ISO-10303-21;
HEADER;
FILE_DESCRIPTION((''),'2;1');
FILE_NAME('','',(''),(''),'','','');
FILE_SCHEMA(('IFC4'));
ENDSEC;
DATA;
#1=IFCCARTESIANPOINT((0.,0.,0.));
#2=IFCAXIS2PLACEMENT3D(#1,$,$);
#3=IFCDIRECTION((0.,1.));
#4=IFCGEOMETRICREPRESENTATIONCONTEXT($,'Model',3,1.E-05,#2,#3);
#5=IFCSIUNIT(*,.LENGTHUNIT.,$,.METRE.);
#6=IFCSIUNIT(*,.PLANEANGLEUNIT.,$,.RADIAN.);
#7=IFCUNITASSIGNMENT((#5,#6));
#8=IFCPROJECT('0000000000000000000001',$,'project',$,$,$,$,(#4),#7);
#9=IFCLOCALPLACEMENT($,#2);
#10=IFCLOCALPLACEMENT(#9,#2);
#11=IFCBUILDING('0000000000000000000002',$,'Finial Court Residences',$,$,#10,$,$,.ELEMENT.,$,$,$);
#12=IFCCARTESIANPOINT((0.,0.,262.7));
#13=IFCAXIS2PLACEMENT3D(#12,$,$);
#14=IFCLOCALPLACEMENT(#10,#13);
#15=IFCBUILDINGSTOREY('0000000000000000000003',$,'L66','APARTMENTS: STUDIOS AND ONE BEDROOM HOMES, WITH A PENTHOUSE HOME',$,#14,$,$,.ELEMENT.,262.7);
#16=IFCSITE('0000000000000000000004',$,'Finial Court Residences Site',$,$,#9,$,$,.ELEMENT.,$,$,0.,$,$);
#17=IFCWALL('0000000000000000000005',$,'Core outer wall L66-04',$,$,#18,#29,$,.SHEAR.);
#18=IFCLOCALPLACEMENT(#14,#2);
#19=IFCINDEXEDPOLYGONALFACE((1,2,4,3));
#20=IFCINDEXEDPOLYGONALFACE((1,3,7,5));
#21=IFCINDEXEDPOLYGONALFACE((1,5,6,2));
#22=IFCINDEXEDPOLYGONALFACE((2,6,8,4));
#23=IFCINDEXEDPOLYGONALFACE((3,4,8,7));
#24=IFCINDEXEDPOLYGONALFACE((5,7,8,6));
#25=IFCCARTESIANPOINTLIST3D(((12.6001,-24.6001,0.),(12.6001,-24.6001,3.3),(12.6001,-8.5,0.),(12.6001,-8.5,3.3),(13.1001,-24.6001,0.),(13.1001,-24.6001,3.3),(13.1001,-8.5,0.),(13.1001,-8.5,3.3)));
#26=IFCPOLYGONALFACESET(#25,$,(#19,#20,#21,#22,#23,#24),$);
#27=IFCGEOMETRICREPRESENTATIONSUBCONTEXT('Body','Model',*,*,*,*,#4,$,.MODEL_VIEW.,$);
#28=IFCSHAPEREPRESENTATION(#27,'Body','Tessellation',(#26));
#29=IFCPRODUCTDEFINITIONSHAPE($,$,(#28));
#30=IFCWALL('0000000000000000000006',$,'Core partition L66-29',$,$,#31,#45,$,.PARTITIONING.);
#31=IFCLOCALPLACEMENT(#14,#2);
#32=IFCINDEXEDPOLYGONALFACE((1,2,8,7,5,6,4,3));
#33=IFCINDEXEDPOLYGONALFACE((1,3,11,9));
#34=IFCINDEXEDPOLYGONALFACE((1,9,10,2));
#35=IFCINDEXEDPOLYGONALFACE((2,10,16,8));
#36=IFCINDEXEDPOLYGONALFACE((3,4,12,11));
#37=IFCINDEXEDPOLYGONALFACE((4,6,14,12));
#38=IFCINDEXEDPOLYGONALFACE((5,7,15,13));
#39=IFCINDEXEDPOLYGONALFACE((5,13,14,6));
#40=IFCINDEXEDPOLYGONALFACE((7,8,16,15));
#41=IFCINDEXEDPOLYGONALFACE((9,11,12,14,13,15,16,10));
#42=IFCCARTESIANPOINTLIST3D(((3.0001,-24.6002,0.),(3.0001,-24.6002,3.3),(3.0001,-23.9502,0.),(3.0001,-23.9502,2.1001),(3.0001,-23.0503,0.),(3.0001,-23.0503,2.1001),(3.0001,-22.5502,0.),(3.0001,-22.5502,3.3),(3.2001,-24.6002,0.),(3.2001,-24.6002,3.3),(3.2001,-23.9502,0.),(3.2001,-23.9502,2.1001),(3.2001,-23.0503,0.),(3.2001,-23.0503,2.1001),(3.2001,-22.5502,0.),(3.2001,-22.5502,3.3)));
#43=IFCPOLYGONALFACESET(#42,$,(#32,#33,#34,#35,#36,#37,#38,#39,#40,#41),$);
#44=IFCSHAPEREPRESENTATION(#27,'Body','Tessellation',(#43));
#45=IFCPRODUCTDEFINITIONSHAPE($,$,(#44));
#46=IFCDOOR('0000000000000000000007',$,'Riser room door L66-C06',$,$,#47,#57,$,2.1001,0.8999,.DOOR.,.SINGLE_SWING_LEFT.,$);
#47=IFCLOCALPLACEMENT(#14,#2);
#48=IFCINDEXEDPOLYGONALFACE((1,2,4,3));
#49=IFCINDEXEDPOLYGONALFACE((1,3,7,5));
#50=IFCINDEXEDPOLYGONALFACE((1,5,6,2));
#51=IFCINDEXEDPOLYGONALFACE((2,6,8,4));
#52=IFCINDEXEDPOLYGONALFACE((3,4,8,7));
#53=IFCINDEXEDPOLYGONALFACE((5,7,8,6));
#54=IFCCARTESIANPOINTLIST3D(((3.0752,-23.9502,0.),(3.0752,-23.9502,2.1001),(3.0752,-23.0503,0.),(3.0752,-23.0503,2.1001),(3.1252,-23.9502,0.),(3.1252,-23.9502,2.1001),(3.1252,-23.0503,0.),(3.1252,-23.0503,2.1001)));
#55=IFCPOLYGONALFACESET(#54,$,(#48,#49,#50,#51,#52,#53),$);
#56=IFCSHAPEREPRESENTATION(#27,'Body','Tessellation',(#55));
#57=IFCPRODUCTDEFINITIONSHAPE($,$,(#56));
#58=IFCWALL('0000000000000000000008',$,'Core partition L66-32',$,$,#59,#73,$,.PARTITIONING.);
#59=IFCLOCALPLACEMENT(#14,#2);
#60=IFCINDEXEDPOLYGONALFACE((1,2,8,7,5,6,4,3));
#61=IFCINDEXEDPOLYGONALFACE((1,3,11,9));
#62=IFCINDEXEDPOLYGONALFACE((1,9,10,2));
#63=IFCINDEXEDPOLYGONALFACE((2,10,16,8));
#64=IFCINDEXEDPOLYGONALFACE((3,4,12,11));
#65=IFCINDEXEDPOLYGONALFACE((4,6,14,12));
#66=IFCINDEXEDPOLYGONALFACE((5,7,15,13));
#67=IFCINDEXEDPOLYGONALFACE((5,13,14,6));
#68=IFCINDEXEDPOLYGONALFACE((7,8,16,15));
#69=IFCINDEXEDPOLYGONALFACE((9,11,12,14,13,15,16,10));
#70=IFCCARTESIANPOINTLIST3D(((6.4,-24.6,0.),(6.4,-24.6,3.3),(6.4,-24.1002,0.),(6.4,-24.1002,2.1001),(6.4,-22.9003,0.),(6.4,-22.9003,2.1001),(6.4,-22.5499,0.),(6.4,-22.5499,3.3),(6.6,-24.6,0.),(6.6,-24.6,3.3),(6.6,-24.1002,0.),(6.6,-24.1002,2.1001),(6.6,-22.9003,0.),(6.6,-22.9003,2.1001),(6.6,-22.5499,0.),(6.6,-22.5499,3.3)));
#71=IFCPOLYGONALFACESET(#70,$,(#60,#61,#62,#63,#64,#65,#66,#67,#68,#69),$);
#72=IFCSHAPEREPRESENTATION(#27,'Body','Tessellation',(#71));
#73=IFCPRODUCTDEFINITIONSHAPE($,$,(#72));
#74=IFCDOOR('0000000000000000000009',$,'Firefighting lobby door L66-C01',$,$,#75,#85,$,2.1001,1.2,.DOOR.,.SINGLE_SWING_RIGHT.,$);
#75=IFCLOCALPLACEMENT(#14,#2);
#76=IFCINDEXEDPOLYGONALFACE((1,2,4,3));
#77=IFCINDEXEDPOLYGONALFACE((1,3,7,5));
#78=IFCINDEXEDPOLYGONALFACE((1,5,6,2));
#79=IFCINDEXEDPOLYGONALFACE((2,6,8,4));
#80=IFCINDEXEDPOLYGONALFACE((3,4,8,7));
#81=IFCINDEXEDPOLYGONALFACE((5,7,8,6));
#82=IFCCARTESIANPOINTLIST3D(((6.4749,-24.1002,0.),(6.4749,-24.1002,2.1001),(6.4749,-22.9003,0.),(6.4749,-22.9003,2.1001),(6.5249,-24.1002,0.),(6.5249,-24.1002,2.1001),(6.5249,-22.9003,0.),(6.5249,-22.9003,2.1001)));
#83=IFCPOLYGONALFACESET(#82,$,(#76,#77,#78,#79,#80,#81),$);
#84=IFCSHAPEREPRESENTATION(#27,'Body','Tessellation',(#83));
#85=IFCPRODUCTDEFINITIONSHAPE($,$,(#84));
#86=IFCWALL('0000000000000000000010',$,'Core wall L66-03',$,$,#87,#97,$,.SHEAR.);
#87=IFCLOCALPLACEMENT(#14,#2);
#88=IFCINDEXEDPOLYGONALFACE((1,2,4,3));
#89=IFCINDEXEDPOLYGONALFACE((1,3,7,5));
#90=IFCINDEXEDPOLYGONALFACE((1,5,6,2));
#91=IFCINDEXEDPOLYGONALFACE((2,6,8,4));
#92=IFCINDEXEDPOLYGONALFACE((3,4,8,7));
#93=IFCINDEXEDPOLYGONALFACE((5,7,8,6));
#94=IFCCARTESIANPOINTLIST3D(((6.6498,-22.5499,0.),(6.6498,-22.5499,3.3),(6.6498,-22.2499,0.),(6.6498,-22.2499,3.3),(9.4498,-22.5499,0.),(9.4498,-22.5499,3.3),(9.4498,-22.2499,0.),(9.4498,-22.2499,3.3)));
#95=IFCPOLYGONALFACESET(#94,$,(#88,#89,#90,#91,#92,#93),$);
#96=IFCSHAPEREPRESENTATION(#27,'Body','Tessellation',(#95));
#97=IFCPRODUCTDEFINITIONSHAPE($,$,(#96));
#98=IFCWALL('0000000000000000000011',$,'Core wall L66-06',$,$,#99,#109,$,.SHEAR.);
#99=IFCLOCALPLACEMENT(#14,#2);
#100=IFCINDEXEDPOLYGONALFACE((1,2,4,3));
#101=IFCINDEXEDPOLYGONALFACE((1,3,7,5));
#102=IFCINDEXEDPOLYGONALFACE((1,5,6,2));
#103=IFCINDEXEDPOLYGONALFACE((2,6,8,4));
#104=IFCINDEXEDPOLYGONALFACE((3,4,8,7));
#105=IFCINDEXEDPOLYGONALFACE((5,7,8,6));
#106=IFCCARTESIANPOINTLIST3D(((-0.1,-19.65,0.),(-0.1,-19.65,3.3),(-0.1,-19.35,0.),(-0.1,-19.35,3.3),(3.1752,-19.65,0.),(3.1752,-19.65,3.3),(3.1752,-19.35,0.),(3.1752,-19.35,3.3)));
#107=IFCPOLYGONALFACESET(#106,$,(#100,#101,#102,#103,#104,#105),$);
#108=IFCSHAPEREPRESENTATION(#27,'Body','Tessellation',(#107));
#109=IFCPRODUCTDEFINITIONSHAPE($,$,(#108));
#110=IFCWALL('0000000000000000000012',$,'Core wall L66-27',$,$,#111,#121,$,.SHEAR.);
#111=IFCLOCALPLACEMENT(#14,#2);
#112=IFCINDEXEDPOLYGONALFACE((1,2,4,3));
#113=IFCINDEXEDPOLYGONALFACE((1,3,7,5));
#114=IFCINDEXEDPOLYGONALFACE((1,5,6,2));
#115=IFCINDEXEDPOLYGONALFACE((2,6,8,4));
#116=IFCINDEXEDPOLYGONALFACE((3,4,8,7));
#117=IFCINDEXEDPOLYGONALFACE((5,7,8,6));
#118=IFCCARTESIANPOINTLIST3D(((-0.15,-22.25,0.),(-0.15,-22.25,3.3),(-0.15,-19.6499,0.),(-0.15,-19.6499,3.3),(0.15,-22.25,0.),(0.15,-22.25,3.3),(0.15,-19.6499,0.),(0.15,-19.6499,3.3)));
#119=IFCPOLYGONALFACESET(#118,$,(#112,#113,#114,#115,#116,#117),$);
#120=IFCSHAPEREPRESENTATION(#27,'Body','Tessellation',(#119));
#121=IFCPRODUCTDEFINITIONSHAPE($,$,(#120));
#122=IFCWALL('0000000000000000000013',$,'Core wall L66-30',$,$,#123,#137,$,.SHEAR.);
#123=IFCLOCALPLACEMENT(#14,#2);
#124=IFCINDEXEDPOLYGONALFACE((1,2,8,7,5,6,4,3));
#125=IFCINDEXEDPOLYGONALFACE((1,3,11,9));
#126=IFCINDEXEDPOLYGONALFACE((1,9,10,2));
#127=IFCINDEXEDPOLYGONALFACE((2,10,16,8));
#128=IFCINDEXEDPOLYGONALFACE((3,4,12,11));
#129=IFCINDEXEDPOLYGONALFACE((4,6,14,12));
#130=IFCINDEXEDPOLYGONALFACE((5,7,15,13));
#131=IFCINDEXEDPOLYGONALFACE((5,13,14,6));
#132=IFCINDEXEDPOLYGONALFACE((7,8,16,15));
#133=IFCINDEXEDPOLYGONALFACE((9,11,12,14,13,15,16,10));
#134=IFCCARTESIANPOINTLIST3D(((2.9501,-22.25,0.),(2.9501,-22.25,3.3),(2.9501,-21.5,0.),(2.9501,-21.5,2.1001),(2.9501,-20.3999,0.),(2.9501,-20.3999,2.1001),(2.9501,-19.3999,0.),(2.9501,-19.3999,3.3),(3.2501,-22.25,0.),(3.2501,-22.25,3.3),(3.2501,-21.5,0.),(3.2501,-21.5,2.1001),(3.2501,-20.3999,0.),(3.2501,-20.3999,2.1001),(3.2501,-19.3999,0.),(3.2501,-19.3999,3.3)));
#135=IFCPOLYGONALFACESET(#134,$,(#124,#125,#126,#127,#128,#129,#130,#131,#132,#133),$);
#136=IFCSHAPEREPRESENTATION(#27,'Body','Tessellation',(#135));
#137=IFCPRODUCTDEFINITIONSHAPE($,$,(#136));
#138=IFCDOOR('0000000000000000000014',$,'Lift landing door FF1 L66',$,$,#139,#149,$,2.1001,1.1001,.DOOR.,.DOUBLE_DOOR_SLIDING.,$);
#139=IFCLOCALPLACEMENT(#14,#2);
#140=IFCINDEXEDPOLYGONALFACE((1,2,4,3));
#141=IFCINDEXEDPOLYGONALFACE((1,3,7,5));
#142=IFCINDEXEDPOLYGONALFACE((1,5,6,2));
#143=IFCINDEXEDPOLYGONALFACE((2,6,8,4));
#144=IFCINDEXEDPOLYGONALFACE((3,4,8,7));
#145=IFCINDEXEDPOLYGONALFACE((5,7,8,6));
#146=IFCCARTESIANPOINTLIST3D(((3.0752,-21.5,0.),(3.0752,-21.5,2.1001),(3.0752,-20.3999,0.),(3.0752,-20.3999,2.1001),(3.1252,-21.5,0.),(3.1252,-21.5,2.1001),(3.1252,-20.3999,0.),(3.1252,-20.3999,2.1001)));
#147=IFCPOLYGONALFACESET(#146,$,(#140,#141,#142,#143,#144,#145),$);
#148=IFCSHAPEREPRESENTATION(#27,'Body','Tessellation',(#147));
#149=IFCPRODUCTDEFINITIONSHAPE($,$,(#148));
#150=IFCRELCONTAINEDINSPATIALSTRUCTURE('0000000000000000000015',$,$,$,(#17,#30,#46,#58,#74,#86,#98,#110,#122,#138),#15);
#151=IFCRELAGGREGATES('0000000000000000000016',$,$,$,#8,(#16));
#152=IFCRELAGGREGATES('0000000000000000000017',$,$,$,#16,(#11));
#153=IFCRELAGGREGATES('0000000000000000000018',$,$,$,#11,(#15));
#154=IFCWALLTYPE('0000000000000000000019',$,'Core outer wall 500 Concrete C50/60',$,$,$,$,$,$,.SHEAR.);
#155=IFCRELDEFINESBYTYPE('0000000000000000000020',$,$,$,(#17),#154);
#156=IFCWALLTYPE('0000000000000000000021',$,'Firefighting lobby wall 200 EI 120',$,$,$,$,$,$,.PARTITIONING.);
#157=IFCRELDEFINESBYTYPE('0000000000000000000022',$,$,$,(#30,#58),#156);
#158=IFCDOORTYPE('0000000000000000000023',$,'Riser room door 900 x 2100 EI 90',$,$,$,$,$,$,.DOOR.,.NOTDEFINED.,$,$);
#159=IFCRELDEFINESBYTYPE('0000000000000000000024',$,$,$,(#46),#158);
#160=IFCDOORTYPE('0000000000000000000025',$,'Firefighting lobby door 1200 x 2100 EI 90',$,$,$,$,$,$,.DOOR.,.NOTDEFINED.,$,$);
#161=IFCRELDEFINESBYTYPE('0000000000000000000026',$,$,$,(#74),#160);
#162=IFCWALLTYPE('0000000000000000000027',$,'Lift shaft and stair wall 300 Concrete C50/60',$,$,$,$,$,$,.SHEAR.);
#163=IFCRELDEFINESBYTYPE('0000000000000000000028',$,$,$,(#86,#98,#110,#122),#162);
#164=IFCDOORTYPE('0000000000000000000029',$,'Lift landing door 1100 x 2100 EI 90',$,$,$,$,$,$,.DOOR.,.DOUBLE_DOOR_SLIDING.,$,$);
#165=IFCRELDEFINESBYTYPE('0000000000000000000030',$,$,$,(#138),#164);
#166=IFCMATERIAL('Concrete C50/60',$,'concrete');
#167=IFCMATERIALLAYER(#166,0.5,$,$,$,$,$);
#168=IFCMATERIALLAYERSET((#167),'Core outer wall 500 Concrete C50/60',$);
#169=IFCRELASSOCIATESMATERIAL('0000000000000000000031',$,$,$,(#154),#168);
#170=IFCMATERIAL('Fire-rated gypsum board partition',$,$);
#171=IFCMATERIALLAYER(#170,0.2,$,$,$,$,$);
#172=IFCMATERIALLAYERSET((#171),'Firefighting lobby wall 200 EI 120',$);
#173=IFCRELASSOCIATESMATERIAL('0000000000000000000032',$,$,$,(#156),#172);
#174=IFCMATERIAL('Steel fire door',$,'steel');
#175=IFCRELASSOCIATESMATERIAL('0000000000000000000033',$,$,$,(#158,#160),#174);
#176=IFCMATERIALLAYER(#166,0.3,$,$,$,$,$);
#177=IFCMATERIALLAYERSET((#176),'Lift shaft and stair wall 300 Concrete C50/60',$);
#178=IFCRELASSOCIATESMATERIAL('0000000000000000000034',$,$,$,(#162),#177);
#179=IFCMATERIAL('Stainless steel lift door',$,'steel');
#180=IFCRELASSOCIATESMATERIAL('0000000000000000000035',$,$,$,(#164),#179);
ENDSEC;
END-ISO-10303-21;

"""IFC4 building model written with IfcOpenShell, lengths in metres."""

from ifc_helpers import new_model, si_unit, direction, frame, frame_2d, origin, place, context, subcontext, project, spatial, rectangle, extrude, material, layer, layer_set, type_object, element, fill, save


model = new_model("IFC4")

# Units and contexts
model_context = context("Model", 3, precision=1e-05, world=origin(), true_north=direction((0.0, 1.0)))
body_context = subcontext(model_context, "Body", "Model", "MODEL_VIEW")
ifc_project = project(units=[si_unit("LENGTHUNIT", "METRE"), si_unit("PLANEANGLEUNIT", "RADIAN")], contexts=[model_context])

# Site, building, storey
site_placement = place(None, origin())
site = spatial("IfcSite", under=ifc_project, at=site_placement, Name="Finial Court Residences Site", CompositionType="ELEMENT", RefElevation=0.0)
building_placement = place(site_placement, origin())
building = spatial("IfcBuilding", under=site, at=building_placement, Name="Finial Court Residences", CompositionType="ELEMENT")
storey_placement = place(building_placement, frame((0.0, 0.0, 262.7)))
storey = spatial("IfcBuildingStorey", under=building, at=storey_placement, Name="L66", Description="APARTMENTS: STUDIOS AND ONE BEDROOM HOMES, WITH A PENTHOUSE HOME", CompositionType="ELEMENT", Elevation=262.7)

# Wall
ifc_material_1 = material(Name="Concrete C50/60", Category="concrete")
ifc_layer_1 = layer(ifc_material_1, 0.5)
ifc_layer_set_1 = layer_set([ifc_layer_1], Name="Core outer wall 500 Concrete C50/60")
wall_type_1 = type_object("IfcWallType", Name="Core outer wall 500 Concrete C50/60", PredefinedType="SHEAR", material=ifc_layer_set_1)
wall_1_placement = place(storey_placement, frame((12.8501, -24.6001, 0.0), z_axis=(0.0, 0.0, 1.0), x_axis=(0.0, 1.0, 0.0)))
element("IfcWall", 1, at=wall_1_placement, inside=storey, type_object=wall_type_1, Name="Core outer wall L66-04", PredefinedType="SHEAR", context=body_context, shape_type="SweptSolid", body=[
    extrude(rectangle(XDim=16.1001, YDim=0.5, at=frame_2d((8.05, 0.0))), origin(), (0.0, 0.0, 1.0), 3.3),
])

# Walls, openings, doors
ifc_material_2 = material(Name="Fire-rated gypsum board partition")
ifc_layer_2 = layer(ifc_material_2, 0.2)
ifc_layer_set_2 = layer_set([ifc_layer_2], Name="Firefighting lobby wall 200 EI 120")
wall_type_2 = type_object("IfcWallType", Name="Firefighting lobby wall 200 EI 120", PredefinedType="PARTITIONING", material=ifc_layer_set_2)
wall_2_placement = place(storey_placement, frame((3.1001, -24.6001, 0.0), z_axis=(0.0, 0.0, 1.0), x_axis=(0.0, 1.0, 0.0)))
wall_2 = element("IfcWall", 2, at=wall_2_placement, inside=storey, type_object=wall_type_2, Name="Core partition L66-29", PredefinedType="PARTITIONING", context=body_context, shape_type="SweptSolid", body=[
    extrude(rectangle(XDim=2.05, YDim=0.2, at=frame_2d((1.0249, 0.0))), origin(), (0.0, 0.0, 1.0), 3.3),
])
opening_1_placement = place(wall_2_placement, frame((0.6499, 0.0, 0.0)))
opening_1 = element("IfcOpeningElement", 3, at=opening_1_placement, cuts=wall_2, PredefinedType="OPENING", context=body_context, shape_type="SweptSolid", body=[
    extrude(rectangle(XDim=0.8999, YDim=2.1001, at=frame_2d((0.45, 1.05))), frame((0.0, 0.1099, 0.0), z_axis=(0.0, -1.0, 0.0), x_axis=(1.0, 0.0, 0.0)), (0.0, 0.0, 1.0), 0.22),
])
ifc_material_3 = material(Name="Steel fire door", Category="steel")
door_type_1 = type_object("IfcDoorType", Name="Riser room door 900 x 2100 EI 90", OperationType="NOTDEFINED", PredefinedType="DOOR", material=ifc_material_3)
door_1_placement = place(opening_1_placement, origin())
door_1 = element("IfcDoor", 4, at=door_1_placement, inside=storey, type_object=door_type_1, Name="Riser room door L66-C06", OperationType="SINGLE_SWING_LEFT", OverallHeight=2.1001, OverallWidth=0.8999, PredefinedType="DOOR", context=body_context, shape_type="SweptSolid", body=[
    extrude(rectangle(XDim=0.8999, YDim=2.1001, at=frame_2d((0.45, 1.05))), frame((0.0, 0.0249, 0.0), z_axis=(0.0, -1.0, 0.0), x_axis=(1.0, 0.0, 0.0)), (0.0, 0.0, 1.0), 0.05),
])
fill(opening_1, door_1)
wall_3_placement = place(storey_placement, frame((6.5, -22.55, 0.0), z_axis=(0.0, 0.0, 1.0), x_axis=(0.0, -1.0, 0.0)))
wall_3 = element("IfcWall", 5, at=wall_3_placement, inside=storey, type_object=wall_type_2, Name="Core partition L66-32", PredefinedType="PARTITIONING", context=body_context, shape_type="SweptSolid", body=[
    extrude(rectangle(XDim=2.05, YDim=0.2, at=frame_2d((1.0249, 0.0))), origin(), (0.0, 0.0, 1.0), 3.3),
])
opening_2_placement = place(wall_3_placement, frame((0.3501, 0.0, 0.0)))
opening_2 = element("IfcOpeningElement", 6, at=opening_2_placement, cuts=wall_3, PredefinedType="OPENING", context=body_context, shape_type="SweptSolid", body=[
    extrude(rectangle(XDim=1.2, YDim=2.1001, at=frame_2d((0.6001, 1.05))), frame((0.0, 0.1099, 0.0), z_axis=(0.0, -1.0, 0.0), x_axis=(1.0, 0.0, 0.0)), (0.0, 0.0, 1.0), 0.22),
])
door_type_2 = type_object("IfcDoorType", Name="Firefighting lobby door 1200 x 2100 EI 90", OperationType="NOTDEFINED", PredefinedType="DOOR", material=ifc_material_3)
door_2_placement = place(opening_2_placement, origin())
door_2 = element("IfcDoor", 7, at=door_2_placement, inside=storey, type_object=door_type_2, Name="Firefighting lobby door L66-C01", OperationType="SINGLE_SWING_RIGHT", OverallHeight=2.1001, OverallWidth=1.2, PredefinedType="DOOR", context=body_context, shape_type="SweptSolid", body=[
    extrude(rectangle(XDim=1.2, YDim=2.1001, at=frame_2d((0.6001, 1.05))), frame((0.0, 0.0249, 0.0), z_axis=(0.0, -1.0, 0.0), x_axis=(1.0, 0.0, 0.0)), (0.0, 0.0, 1.0), 0.05),
])
fill(opening_2, door_2)

# Walls
ifc_layer_3 = layer(ifc_material_1, 0.3)
ifc_layer_set_3 = layer_set([ifc_layer_3], Name="Lift shaft and stair wall 300 Concrete C50/60")
wall_type_3 = type_object("IfcWallType", Name="Lift shaft and stair wall 300 Concrete C50/60", PredefinedType="SHEAR", material=ifc_layer_set_3)
wall_4_placement = place(storey_placement, frame((6.6499, -22.3999, 0.0), z_axis=(0.0, 0.0, 1.0), x_axis=(1.0, 0.0, 0.0)))
element("IfcWall", 8, at=wall_4_placement, inside=storey, type_object=wall_type_3, Name="Core wall L66-03", PredefinedType="SHEAR", context=body_context, shape_type="SweptSolid", body=[
    extrude(rectangle(XDim=2.8, YDim=0.3, at=frame_2d((1.3999, 0.0))), origin(), (0.0, 0.0, 1.0), 3.3),
])
wall_5_placement = place(storey_placement, frame((-0.1001, -19.5, 0.0), z_axis=(0.0, 0.0, 1.0), x_axis=(1.0, 0.0, 0.0)))
element("IfcWall", 9, at=wall_5_placement, inside=storey, type_object=wall_type_3, Name="Core wall L66-06", PredefinedType="SHEAR", context=body_context, shape_type="SweptSolid", body=[
    extrude(rectangle(XDim=3.2751, YDim=0.3, at=frame_2d((1.6377, 0.0))), origin(), (0.0, 0.0, 1.0), 3.3),
])
wall_6_placement = place(storey_placement, frame((0.0, -22.25, 0.0), z_axis=(0.0, 0.0, 1.0), x_axis=(0.0, 1.0, 0.0)))
element("IfcWall", 10, at=wall_6_placement, inside=storey, type_object=wall_type_3, Name="Core wall L66-27", PredefinedType="SHEAR", context=body_context, shape_type="SweptSolid", body=[
    extrude(rectangle(XDim=2.6001, YDim=0.3, at=frame_2d((1.3, 0.0))), origin(), (0.0, 0.0, 1.0), 3.3),
])

# Wall, opening, door
wall_7_placement = place(storey_placement, frame((3.1001, -22.25, 0.0), z_axis=(0.0, 0.0, 1.0), x_axis=(0.0, 1.0, 0.0)))
wall_7 = element("IfcWall", 11, at=wall_7_placement, inside=storey, type_object=wall_type_3, Name="Core wall L66-30", PredefinedType="SHEAR", context=body_context, shape_type="SweptSolid", body=[
    extrude(rectangle(XDim=2.8501, YDim=0.3, at=frame_2d((1.425, 0.0))), origin(), (0.0, 0.0, 1.0), 3.3),
])
opening_3_placement = place(wall_7_placement, frame((0.75, 0.0, 0.0)))
opening_3 = element("IfcOpeningElement", 12, at=opening_3_placement, cuts=wall_7, PredefinedType="OPENING", context=body_context, shape_type="SweptSolid", body=[
    extrude(rectangle(XDim=1.1001, YDim=2.1001, at=frame_2d((0.55, 1.05))), frame((0.0, 0.1599, 0.0), z_axis=(0.0, -1.0, 0.0), x_axis=(1.0, 0.0, 0.0)), (0.0, 0.0, 1.0), 0.3201),
])
ifc_material_4 = material(Name="Stainless steel lift door", Category="steel")
door_type_3 = type_object("IfcDoorType", Name="Lift landing door 1100 x 2100 EI 90", OperationType="DOUBLE_DOOR_SLIDING", PredefinedType="DOOR", material=ifc_material_4)
door_3_placement = place(opening_3_placement, origin())
door_3 = element("IfcDoor", 13, at=door_3_placement, inside=storey, type_object=door_type_3, Name="Lift landing door FF1 L66", OperationType="DOUBLE_DOOR_SLIDING", OverallHeight=2.1001, OverallWidth=1.1001, PredefinedType="DOOR", context=body_context, shape_type="SweptSolid", body=[
    extrude(rectangle(XDim=1.1001, YDim=2.1001, at=frame_2d((0.55, 1.05))), frame((0.0, 0.0249, 0.0), z_axis=(0.0, -1.0, 0.0), x_axis=(1.0, 0.0, 0.0)), (0.0, 0.0, 1.0), 0.05),
])
fill(opening_3, door_3)

save(model, "model.ifc")
